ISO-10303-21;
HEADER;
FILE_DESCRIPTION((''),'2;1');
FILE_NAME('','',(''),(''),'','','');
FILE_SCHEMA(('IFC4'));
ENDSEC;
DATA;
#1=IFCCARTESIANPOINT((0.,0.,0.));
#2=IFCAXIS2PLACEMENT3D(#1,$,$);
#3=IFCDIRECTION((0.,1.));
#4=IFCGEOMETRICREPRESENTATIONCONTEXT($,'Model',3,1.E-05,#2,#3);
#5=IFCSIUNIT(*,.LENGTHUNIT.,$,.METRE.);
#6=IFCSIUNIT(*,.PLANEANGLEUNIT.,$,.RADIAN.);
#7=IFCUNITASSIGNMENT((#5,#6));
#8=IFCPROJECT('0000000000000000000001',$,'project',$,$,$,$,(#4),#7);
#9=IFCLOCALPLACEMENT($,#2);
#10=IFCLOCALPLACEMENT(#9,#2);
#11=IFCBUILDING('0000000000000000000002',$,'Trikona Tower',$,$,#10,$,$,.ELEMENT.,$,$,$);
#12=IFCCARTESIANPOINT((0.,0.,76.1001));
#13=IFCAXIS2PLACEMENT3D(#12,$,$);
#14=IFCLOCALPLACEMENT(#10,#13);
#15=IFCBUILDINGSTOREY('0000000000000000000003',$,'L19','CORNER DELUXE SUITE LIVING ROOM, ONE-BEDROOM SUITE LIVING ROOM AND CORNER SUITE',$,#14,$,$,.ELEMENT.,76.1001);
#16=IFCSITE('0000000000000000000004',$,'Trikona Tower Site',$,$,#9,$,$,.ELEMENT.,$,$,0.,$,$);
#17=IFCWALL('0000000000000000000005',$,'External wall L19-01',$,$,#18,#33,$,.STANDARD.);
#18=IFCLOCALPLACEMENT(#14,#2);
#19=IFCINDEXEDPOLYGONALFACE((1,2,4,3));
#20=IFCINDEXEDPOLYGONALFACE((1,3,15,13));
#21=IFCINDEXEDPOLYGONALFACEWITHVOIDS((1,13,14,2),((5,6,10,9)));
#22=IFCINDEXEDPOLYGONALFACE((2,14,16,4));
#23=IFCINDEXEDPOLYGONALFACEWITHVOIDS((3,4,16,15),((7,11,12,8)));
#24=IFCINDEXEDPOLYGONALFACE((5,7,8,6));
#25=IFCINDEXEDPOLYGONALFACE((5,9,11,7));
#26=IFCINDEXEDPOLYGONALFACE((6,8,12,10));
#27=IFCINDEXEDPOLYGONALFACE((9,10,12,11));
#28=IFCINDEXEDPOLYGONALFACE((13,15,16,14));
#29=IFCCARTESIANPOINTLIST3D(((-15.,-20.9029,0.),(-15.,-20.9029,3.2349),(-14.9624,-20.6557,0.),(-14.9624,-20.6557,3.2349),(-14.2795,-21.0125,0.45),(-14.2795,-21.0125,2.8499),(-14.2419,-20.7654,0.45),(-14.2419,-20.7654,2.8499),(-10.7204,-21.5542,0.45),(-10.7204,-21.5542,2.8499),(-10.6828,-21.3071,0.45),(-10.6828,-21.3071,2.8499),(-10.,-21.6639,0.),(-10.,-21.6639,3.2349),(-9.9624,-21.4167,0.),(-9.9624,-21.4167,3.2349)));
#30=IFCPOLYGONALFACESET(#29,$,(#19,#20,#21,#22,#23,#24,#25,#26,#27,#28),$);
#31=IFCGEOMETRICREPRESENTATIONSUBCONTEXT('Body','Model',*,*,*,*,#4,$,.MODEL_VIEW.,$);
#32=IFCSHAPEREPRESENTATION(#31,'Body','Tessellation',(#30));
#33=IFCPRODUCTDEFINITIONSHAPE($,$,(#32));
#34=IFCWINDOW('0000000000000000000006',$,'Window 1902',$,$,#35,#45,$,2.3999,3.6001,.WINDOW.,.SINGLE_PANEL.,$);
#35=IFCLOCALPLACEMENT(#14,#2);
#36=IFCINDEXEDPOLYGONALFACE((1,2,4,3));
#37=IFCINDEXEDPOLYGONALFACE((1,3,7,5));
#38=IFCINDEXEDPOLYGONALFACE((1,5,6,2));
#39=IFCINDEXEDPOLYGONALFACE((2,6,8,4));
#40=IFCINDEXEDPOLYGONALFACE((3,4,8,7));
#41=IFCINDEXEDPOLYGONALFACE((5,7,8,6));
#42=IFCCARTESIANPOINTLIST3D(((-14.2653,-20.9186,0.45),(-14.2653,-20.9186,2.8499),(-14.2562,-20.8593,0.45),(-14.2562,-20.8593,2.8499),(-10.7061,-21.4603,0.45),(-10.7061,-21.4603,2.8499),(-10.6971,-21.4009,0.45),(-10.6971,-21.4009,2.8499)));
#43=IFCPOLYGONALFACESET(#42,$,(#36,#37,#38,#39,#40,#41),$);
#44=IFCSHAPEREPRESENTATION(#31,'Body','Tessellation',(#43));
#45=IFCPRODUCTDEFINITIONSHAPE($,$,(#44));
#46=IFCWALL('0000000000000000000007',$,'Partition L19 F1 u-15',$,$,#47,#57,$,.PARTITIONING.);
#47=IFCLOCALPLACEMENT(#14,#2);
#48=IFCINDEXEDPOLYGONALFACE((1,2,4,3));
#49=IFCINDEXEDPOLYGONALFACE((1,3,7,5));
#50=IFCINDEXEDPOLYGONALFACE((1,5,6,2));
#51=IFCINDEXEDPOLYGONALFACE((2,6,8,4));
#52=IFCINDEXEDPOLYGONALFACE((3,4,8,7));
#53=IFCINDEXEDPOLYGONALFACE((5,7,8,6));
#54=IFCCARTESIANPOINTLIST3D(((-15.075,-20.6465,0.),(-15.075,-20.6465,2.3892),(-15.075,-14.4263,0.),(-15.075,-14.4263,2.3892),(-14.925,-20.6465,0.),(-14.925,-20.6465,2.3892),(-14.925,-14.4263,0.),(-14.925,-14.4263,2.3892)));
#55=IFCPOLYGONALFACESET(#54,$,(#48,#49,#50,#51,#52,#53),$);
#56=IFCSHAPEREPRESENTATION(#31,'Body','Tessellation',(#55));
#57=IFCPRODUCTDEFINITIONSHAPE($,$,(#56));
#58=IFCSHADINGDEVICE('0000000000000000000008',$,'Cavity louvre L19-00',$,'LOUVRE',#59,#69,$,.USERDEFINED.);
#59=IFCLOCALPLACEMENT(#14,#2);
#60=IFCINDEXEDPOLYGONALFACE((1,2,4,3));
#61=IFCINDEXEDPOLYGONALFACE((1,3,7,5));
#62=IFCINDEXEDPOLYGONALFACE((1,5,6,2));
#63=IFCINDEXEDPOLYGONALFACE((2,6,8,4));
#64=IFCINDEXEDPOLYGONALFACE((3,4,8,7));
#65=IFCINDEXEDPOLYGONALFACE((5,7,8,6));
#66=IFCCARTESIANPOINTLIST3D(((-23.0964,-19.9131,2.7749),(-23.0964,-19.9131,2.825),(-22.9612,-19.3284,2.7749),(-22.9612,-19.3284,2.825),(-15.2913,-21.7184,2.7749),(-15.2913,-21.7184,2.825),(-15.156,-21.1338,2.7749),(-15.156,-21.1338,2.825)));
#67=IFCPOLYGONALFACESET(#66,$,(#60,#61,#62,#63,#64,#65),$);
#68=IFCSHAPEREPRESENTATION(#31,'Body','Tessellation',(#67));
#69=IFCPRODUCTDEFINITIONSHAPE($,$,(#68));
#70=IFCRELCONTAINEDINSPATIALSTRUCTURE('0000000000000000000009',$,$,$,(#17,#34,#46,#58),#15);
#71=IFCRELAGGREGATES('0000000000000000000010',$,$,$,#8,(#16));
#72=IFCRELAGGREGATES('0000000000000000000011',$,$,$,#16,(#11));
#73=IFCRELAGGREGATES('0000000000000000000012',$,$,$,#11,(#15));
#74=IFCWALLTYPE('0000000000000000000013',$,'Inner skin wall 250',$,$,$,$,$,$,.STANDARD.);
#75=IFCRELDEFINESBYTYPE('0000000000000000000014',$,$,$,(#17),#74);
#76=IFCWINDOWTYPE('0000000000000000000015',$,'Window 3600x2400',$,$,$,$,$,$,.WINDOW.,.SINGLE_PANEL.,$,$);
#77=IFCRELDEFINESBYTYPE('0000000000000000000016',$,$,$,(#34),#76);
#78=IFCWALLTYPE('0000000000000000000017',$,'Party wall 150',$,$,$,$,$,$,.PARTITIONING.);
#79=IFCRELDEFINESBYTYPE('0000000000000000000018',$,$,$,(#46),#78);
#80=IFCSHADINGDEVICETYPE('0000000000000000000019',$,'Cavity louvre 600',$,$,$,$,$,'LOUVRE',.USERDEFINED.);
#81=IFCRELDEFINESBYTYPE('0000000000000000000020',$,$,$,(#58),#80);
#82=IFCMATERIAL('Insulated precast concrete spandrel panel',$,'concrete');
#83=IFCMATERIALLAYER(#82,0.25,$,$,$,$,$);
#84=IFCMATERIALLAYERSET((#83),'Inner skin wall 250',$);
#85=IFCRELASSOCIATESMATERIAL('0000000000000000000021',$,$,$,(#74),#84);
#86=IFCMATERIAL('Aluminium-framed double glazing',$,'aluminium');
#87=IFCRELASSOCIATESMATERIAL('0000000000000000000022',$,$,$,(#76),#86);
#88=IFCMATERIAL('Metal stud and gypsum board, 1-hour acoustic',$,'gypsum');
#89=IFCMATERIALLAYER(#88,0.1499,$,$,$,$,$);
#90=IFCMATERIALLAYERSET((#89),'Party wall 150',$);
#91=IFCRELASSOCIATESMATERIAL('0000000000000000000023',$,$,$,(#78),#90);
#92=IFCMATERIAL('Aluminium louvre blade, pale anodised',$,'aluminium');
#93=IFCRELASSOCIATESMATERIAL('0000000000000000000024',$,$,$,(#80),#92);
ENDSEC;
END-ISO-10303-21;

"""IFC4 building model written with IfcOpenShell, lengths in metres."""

from ifc_helpers import new_model, si_unit, direction, frame, frame_2d, origin, origin_2d, place, context, subcontext, project, spatial, rectangle, extrude, material, layer, layer_set, type_object, element, fill, save


model = new_model("IFC4")

# Units and contexts
model_context = context("Model", 3, precision=1e-05, world=origin(), true_north=direction((0.0, 1.0)))
body_context = subcontext(model_context, "Body", "Model", "MODEL_VIEW")
ifc_project = project(units=[si_unit("LENGTHUNIT", "METRE"), si_unit("PLANEANGLEUNIT", "RADIAN")], contexts=[model_context])

# Site, building, storey
site_placement = place(None, origin())
site = spatial("IfcSite", under=ifc_project, at=site_placement, Name="Trikona Tower Site", CompositionType="ELEMENT", RefElevation=0.0)
building_placement = place(site_placement, origin())
building = spatial("IfcBuilding", under=site, at=building_placement, Name="Trikona Tower", CompositionType="ELEMENT")
storey_placement = place(building_placement, frame((0.0, 0.0, 76.1001)))
storey = spatial("IfcBuildingStorey", under=building, at=storey_placement, Name="L19", Description="CORNER DELUXE SUITE LIVING ROOM, ONE-BEDROOM SUITE LIVING ROOM AND CORNER SUITE", CompositionType="ELEMENT", Elevation=76.1001)

# Wall, opening, window
ifc_material_1 = material(Name="Insulated precast concrete spandrel panel", Category="concrete")
ifc_layer_1 = layer(ifc_material_1, 0.25)
ifc_layer_set_1 = layer_set([ifc_layer_1], Name="Inner skin wall 250")
wall_type_1 = type_object("IfcWallType", Name="Inner skin wall 250", PredefinedType="STANDARD", material=ifc_layer_set_1)
wall_1_placement = place(storey_placement, frame((-14.9812, -20.7793, 0.0), z_axis=(0.0, 0.0, 1.0), x_axis=(0.988615, -0.150465, 0.0)))
wall_1 = element("IfcWall", 1, at=wall_1_placement, inside=storey, type_object=wall_type_1, Name="External wall L19-01", PredefinedType="STANDARD", context=body_context, shape_type="SweptSolid", body=[
    extrude(rectangle(XDim=5.0576, YDim=0.25, at=frame_2d((2.5288, 0.0))), origin(), (0.0, 0.0, 1.0), 3.2349),
])
opening_1_placement = place(wall_1_placement, frame((0.7288, 0.0, 0.45)))
opening_1 = element("IfcOpeningElement", 2, at=opening_1_placement, cuts=wall_1, PredefinedType="OPENING", context=body_context, shape_type="SweptSolid", body=[
    extrude(rectangle(XDim=3.6001, YDim=2.3999, at=frame_2d((1.8, 1.2))), frame((0.0, 0.135, 0.0), z_axis=(0.0, -1.0, 0.0), x_axis=(1.0, 0.0, 0.0)), (0.0, 0.0, 1.0), 0.27),
])
ifc_material_2 = material(Name="Aluminium-framed double glazing", Category="aluminium")
window_type = type_object("IfcWindowType", Name="Window 3600x2400", PartitioningType="SINGLE_PANEL", PredefinedType="WINDOW", material=ifc_material_2)
window_placement = place(opening_1_placement, origin())
window = element("IfcWindow", 3, at=window_placement, inside=storey, type_object=window_type, Name="Window 1902", OverallHeight=2.3999, OverallWidth=3.6001, PartitioningType="SINGLE_PANEL", PredefinedType="WINDOW", context=body_context, shape_type="SweptSolid", body=[
    extrude(rectangle(XDim=3.6001, YDim=2.3999, at=frame_2d((1.8, 1.2))), frame((0.0, 0.03, 0.0), z_axis=(0.0, -1.0, 0.0), x_axis=(1.0, 0.0, 0.0)), (0.0, 0.0, 1.0), 0.0601),
])
fill(opening_1, window)

# Wall
ifc_material_3 = material(Name="Metal stud and gypsum board, 1-hour acoustic", Category="gypsum")
ifc_layer_2 = layer(ifc_material_3, 0.1499)
ifc_layer_set_2 = layer_set([ifc_layer_2], Name="Party wall 150")
wall_type_2 = type_object("IfcWallType", Name="Party wall 150", PredefinedType="PARTITIONING", material=ifc_layer_set_2)
wall_2_placement = place(storey_placement, frame((-15.0, -14.4263, 0.0), z_axis=(0.0, 0.0, 1.0), x_axis=(0.0, -1.0, 0.0)))
element("IfcWall", 4, at=wall_2_placement, inside=storey, type_object=wall_type_2, Name="Partition L19 F1 u-15", PredefinedType="PARTITIONING", context=body_context, shape_type="SweptSolid", body=[
    extrude(rectangle(XDim=6.2202, YDim=0.1499, at=frame_2d((3.1101, 0.0))), origin(), (0.0, 0.0, 1.0), 2.3892),
])

# Shading device
ifc_material_4 = material(Name="Aluminium louvre blade, pale anodised", Category="aluminium")
shading_device_type = type_object("IfcShadingDeviceType", Name="Cavity louvre 600", ElementType="LOUVRE", PredefinedType="USERDEFINED", material=ifc_material_4)
shading_device_placement = place(storey_placement, frame((-19.1262, -20.5234, 2.7749), z_axis=(0.0, 0.0, 1.0), x_axis=(0.974278, -0.225351, 0.0)))
element("IfcShadingDevice", 5, at=shading_device_placement, inside=storey, type_object=shading_device_type, Name="Cavity louvre L19-00", ObjectType="LOUVRE", PredefinedType="USERDEFINED", context=body_context, shape_type="SweptSolid", body=[
    extrude(rectangle(XDim=8.0112, YDim=0.6001, at=origin_2d()), origin(), (0.0, 0.0, 1.0), 0.05),
])

save(model, "model.ifc")
